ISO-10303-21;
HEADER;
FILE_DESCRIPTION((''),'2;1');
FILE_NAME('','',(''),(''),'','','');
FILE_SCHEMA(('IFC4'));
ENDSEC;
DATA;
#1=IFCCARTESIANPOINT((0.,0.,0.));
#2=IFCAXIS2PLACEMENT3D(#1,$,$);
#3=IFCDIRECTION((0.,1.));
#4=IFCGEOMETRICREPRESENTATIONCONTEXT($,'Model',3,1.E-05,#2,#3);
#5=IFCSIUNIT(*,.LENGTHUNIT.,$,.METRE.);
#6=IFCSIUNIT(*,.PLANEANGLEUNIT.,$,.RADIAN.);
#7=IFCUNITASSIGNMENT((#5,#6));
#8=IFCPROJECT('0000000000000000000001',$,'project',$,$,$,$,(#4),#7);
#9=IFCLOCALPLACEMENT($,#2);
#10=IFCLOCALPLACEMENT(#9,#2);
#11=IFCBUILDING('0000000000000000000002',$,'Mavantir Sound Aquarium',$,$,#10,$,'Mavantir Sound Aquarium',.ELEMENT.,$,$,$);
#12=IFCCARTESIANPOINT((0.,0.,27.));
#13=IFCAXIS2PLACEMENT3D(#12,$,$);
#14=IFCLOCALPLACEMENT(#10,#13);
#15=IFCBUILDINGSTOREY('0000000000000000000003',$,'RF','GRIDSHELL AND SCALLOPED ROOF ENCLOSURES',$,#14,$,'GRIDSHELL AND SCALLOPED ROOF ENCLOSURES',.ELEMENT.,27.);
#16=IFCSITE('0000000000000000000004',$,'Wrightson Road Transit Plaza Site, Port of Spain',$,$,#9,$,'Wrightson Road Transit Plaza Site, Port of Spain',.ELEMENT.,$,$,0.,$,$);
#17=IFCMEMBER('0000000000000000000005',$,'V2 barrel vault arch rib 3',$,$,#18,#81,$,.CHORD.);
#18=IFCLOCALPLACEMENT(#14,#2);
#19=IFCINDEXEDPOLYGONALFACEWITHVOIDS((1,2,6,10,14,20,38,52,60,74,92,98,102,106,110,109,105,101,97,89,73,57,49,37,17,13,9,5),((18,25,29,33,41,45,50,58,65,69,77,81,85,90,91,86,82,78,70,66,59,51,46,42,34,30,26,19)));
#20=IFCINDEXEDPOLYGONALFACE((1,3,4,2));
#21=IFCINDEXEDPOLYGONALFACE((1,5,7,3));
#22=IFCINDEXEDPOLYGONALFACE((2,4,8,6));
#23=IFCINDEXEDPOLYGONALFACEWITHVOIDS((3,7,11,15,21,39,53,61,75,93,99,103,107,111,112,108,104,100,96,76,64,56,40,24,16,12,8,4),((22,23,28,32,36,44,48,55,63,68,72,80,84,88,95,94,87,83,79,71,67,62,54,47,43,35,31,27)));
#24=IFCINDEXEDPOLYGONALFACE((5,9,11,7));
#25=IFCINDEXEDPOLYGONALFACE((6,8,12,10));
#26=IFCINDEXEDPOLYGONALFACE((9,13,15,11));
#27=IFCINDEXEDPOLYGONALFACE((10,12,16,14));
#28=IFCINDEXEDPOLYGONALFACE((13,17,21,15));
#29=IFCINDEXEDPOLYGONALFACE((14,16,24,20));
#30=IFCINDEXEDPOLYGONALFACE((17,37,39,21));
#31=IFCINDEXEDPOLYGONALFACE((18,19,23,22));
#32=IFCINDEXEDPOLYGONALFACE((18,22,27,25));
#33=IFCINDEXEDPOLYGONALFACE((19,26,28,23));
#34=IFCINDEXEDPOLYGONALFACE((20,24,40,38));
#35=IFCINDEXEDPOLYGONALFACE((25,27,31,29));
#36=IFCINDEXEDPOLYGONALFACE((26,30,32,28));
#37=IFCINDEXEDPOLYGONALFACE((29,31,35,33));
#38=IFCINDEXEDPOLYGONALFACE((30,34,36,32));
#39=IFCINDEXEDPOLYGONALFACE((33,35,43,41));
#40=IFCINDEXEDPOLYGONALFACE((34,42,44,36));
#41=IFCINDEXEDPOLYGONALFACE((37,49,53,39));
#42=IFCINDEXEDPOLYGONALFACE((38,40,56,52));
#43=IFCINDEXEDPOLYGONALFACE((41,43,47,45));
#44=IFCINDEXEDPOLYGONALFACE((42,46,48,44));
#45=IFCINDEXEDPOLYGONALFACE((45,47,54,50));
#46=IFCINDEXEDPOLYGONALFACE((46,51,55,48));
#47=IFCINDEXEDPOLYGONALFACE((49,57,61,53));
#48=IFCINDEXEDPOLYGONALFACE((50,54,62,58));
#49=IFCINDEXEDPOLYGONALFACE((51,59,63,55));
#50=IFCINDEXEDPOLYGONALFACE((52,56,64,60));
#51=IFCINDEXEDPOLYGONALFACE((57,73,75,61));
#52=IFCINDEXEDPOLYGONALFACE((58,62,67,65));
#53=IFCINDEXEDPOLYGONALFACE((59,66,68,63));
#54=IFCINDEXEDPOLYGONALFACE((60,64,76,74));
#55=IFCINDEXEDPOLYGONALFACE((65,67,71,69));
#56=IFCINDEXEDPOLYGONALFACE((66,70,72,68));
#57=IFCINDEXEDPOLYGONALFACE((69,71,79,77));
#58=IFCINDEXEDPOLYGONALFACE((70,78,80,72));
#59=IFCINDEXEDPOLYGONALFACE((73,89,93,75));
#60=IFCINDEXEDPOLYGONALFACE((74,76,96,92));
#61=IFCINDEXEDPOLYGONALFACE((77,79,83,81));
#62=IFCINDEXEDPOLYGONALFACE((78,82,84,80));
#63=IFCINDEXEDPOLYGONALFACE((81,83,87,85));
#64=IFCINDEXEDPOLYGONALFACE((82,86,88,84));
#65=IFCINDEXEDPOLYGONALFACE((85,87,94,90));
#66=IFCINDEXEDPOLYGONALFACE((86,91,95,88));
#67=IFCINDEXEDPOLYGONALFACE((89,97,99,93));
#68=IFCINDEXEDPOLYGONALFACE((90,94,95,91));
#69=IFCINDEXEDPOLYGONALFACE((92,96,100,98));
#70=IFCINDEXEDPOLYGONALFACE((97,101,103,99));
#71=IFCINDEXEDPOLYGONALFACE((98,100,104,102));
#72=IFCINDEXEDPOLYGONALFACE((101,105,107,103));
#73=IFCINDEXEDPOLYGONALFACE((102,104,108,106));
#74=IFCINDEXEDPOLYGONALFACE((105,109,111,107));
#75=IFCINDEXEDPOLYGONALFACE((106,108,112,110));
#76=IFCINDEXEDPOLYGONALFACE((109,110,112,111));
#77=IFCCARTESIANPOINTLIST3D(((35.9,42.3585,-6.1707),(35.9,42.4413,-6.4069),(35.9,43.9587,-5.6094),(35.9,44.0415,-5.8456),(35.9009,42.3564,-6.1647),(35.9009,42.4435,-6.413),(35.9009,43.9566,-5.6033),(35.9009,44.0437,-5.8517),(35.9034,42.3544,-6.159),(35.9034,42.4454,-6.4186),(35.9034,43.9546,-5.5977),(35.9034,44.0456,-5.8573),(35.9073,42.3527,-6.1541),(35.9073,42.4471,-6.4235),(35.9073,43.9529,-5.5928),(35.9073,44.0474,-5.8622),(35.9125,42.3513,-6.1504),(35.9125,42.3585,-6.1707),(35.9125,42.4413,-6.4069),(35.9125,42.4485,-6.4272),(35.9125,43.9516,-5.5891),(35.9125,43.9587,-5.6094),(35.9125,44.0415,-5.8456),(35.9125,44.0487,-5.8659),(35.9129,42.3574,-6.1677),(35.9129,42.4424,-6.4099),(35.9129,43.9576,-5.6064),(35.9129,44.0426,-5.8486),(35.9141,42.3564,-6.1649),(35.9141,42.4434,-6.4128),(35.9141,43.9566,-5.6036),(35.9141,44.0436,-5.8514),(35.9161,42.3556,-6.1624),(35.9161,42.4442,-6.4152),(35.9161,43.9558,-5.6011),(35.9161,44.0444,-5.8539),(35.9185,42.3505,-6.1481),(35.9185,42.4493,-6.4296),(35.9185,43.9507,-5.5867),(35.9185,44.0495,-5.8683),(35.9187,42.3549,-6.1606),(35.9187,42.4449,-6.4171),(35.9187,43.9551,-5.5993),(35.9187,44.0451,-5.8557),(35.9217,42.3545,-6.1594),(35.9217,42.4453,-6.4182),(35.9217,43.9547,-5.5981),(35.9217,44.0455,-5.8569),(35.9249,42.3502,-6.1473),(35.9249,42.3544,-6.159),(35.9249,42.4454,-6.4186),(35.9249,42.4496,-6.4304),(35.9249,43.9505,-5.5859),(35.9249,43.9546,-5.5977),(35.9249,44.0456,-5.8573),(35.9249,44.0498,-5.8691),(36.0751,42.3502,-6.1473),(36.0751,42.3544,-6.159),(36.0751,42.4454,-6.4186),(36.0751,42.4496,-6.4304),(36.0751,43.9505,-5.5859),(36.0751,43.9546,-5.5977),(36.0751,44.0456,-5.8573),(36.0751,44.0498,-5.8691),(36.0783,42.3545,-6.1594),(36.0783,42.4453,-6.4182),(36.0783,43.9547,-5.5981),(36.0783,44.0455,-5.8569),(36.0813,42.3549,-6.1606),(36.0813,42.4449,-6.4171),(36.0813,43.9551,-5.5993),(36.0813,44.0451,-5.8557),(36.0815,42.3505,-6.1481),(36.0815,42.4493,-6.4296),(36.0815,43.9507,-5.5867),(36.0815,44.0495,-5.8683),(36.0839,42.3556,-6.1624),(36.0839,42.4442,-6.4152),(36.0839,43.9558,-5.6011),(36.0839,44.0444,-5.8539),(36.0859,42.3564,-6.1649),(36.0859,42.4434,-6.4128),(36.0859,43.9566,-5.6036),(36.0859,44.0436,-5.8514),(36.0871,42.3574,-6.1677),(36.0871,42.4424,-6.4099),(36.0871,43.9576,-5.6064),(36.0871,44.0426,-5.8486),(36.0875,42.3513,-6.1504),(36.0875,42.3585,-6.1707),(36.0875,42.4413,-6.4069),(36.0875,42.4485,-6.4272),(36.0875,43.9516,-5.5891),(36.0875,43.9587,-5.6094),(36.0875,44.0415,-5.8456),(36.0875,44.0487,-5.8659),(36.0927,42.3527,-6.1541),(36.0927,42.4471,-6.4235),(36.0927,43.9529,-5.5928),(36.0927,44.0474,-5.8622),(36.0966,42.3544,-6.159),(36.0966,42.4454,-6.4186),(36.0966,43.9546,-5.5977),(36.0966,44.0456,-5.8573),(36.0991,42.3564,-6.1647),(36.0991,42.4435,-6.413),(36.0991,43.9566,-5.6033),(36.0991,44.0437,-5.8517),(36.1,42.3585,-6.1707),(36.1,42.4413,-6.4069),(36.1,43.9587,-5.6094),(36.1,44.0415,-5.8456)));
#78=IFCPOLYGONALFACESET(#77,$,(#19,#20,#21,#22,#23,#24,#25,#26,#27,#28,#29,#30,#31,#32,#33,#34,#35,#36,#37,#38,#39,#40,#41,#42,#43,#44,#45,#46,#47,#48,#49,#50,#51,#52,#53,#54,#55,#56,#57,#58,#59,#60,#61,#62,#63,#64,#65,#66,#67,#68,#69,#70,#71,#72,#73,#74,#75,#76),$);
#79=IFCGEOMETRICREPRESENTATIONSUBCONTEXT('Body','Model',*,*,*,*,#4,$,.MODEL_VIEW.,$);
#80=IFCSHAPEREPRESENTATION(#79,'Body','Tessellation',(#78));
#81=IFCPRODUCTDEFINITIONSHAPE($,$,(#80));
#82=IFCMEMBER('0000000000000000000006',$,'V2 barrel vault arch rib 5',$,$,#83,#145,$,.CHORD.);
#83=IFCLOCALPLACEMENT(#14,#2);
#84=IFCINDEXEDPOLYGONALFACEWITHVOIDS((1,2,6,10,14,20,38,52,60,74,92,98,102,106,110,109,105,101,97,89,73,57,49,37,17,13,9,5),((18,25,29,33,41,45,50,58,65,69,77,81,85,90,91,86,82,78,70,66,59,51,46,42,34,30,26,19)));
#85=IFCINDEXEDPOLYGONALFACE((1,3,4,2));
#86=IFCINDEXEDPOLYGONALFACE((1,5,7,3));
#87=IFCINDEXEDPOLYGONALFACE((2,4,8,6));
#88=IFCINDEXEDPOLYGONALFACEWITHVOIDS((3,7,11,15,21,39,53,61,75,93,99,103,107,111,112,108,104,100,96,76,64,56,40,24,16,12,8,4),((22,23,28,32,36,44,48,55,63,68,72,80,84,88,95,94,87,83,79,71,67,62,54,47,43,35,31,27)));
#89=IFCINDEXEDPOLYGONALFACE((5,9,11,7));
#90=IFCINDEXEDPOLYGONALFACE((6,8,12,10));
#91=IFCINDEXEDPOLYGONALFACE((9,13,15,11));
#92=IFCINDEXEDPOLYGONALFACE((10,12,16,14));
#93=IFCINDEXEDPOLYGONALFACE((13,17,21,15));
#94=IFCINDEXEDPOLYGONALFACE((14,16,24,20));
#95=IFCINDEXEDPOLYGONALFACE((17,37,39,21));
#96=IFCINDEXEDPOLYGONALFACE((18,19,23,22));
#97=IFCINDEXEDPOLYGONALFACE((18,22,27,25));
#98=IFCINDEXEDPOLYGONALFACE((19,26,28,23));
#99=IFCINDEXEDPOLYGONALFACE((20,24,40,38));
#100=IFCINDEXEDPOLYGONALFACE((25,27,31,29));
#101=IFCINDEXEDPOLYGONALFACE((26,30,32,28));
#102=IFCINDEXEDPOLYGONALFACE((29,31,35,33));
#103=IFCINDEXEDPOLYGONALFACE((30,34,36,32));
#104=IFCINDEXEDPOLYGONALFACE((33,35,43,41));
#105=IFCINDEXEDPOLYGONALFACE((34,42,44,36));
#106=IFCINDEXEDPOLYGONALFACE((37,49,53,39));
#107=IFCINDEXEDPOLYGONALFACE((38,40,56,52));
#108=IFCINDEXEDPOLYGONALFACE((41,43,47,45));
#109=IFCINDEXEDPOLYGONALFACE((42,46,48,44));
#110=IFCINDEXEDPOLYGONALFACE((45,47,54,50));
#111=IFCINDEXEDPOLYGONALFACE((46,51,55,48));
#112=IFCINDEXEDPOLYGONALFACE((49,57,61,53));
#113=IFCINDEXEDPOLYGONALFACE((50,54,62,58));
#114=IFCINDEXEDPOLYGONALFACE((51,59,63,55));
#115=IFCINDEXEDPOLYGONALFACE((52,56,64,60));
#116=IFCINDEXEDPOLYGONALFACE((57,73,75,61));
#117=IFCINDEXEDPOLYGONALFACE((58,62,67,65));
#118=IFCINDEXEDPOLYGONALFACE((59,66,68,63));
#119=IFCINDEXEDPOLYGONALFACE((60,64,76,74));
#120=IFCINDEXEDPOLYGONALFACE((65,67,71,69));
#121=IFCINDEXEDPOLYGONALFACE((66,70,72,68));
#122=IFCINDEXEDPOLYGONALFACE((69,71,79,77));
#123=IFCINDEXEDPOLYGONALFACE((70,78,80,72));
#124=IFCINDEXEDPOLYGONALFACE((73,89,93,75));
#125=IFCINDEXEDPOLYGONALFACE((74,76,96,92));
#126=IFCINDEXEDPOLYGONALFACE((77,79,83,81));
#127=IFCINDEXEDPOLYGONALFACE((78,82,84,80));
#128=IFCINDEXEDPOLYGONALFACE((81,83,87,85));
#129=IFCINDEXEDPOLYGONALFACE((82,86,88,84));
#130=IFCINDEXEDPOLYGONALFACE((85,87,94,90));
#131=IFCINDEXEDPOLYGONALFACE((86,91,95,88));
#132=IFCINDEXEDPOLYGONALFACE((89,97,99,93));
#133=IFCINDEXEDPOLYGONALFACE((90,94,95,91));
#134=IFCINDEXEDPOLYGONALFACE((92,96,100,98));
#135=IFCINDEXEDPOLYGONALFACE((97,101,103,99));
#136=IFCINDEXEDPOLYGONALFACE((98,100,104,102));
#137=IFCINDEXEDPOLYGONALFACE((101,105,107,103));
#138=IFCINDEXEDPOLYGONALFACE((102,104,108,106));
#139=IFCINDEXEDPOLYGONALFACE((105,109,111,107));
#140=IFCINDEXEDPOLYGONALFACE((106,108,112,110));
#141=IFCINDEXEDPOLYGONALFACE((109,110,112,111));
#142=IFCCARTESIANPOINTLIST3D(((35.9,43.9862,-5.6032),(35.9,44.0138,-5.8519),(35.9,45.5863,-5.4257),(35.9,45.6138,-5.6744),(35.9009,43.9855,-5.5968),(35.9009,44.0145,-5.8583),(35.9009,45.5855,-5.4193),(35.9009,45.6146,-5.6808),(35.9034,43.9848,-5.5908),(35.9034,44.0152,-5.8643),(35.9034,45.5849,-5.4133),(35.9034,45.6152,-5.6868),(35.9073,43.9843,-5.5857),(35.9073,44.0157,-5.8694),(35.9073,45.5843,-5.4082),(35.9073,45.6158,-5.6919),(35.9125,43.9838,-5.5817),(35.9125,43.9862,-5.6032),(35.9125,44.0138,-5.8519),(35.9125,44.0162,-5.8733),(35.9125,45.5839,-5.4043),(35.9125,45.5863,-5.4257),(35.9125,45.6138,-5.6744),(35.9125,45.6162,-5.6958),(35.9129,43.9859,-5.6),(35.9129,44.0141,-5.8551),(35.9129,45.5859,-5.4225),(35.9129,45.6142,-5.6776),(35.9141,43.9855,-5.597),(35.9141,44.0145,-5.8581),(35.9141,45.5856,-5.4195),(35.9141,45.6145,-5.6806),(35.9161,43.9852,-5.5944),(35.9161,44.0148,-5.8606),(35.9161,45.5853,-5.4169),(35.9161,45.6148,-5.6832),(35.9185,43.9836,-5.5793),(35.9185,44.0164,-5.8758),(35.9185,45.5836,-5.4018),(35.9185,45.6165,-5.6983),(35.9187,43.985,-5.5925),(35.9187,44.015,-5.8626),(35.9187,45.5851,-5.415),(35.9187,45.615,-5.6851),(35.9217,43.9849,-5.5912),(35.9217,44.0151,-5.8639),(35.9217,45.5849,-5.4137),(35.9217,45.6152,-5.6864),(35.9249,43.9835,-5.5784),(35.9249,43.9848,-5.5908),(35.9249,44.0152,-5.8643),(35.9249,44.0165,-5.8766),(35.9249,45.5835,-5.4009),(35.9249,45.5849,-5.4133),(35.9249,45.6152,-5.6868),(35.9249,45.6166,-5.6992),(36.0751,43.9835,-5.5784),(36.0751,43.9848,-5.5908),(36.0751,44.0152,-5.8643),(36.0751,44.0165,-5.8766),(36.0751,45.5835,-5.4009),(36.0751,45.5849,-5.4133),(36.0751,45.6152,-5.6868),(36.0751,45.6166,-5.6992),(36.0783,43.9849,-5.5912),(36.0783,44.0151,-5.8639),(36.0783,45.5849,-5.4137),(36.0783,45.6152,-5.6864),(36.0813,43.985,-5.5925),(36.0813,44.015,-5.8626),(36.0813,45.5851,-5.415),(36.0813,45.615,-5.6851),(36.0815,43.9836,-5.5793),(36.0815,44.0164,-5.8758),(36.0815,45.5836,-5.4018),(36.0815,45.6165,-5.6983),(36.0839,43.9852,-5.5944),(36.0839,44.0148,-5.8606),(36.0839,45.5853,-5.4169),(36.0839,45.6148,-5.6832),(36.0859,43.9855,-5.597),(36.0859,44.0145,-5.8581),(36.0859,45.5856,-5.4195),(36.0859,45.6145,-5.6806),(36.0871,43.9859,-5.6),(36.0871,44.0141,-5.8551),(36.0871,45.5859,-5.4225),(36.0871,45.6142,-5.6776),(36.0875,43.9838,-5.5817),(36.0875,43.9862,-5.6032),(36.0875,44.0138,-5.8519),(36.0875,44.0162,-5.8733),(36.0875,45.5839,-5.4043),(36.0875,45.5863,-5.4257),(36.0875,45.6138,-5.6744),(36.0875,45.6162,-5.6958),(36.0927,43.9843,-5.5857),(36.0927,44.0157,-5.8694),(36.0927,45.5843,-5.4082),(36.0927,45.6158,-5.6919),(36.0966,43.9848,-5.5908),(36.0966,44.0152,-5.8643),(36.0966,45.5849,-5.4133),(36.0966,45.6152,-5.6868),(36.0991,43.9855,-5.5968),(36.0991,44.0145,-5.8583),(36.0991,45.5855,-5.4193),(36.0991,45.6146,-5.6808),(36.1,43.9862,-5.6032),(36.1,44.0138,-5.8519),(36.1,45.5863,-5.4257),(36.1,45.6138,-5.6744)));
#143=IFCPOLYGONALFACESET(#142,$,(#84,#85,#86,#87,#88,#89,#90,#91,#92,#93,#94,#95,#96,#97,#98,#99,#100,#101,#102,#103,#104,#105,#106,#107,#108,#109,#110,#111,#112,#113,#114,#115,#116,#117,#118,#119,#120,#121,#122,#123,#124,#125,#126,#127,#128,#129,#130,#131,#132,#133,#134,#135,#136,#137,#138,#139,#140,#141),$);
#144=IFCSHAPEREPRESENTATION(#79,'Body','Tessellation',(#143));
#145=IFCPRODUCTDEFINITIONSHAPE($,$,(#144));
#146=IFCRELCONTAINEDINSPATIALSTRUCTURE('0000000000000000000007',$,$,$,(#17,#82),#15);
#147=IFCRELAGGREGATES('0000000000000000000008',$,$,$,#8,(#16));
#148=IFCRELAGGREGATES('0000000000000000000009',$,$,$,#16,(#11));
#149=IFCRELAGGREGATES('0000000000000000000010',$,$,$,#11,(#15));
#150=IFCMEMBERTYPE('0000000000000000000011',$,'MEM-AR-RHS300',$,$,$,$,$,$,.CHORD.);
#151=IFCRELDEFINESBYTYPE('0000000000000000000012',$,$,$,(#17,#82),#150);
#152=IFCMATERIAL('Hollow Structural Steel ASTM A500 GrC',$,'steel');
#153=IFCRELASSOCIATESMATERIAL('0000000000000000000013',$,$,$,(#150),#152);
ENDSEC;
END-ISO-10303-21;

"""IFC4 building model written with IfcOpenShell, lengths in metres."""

from ifc_helpers import new_model, si_unit, direction, frame, origin, origin_2d, place, context, subcontext, project, spatial, hollow_rectangle, extrude, material, material_profile, profile_set, type_object, element, save


model = new_model("IFC4")

# Units and contexts
model_context = context("Model", 3, precision=1e-05, world=origin(), true_north=direction((0.0, 1.0)))
body_context = subcontext(model_context, "Body", "Model", "MODEL_VIEW")
ifc_project = project(units=[si_unit("LENGTHUNIT", "METRE"), si_unit("PLANEANGLEUNIT", "RADIAN")], contexts=[model_context])

# Site, building, storey
site_placement = place(None, origin())
site = spatial("IfcSite", under=ifc_project, at=site_placement, Name="Wrightson Road Transit Plaza Site, Port of Spain", LongName="Wrightson Road Transit Plaza Site, Port of Spain", CompositionType="ELEMENT", RefElevation=0.0)
building_placement = place(site_placement, origin())
building = spatial("IfcBuilding", under=site, at=building_placement, Name="Mavantir Sound Aquarium", LongName="Mavantir Sound Aquarium", CompositionType="ELEMENT")
storey_placement = place(building_placement, frame((0.0, 0.0, 27.0)))
storey = spatial("IfcBuildingStorey", under=building, at=storey_placement, Name="RF", Description="GRIDSHELL AND SCALLOPED ROOF ENCLOSURES", LongName="GRIDSHELL AND SCALLOPED ROOF ENCLOSURES", CompositionType="ELEMENT", Elevation=27.0)

# Members
ifc_material_1 = material(Name="Hollow Structural Steel ASTM A500 GrC", Category="steel")
ifc_material_profile_1 = material_profile(ifc_material_1, hollow_rectangle(XDim=0.2, YDim=0.3, WallThickness=0.0125, InnerFilletRadius=0.0125, OuterFilletRadius=0.0249, at=origin_2d()), Name="RHS 300X200X12.5")
ifc_profile_set_1 = profile_set([ifc_material_profile_1], Name="Hollow Structural Steel ASTM A500 GrC")
member_type_1 = type_object("IfcMemberType", Name="MEM-AR-RHS300", PredefinedType="CHORD", material=ifc_profile_set_1)
member_1_placement = place(storey_placement, frame((36.0, 42.3999, -6.2888), z_axis=(0.0, 0.943629, 0.331004), x_axis=(-1.0, 0.0, 0.0)))
element("IfcMember", 1, at=member_1_placement, inside=storey, type_object=member_type_1, Name="V2 barrel vault arch rib 3", PredefinedType="CHORD", context=body_context, shape_type="SweptSolid", body=[
    extrude(hollow_rectangle(XDim=0.2, YDim=0.3, WallThickness=0.0125, InnerFilletRadius=0.0125, OuterFilletRadius=0.0249, at=origin_2d()), origin(), (0.0, 0.0, 1.0), 1.6958),
])
member_2_placement = place(storey_placement, frame((36.0, 44.0, -5.7275), z_axis=(0.0, 0.993904, 0.110248), x_axis=(-1.0, 0.0, 0.0)))
element("IfcMember", 2, at=member_2_placement, inside=storey, type_object=member_type_1, Name="V2 barrel vault arch rib 5", PredefinedType="CHORD", context=body_context, shape_type="SweptSolid", body=[
    extrude(hollow_rectangle(XDim=0.2, YDim=0.3, WallThickness=0.0125, InnerFilletRadius=0.0125, OuterFilletRadius=0.0249, at=origin_2d()), origin(), (0.0, 0.0, 1.0), 1.6099),
])

save(model, "model.ifc")
